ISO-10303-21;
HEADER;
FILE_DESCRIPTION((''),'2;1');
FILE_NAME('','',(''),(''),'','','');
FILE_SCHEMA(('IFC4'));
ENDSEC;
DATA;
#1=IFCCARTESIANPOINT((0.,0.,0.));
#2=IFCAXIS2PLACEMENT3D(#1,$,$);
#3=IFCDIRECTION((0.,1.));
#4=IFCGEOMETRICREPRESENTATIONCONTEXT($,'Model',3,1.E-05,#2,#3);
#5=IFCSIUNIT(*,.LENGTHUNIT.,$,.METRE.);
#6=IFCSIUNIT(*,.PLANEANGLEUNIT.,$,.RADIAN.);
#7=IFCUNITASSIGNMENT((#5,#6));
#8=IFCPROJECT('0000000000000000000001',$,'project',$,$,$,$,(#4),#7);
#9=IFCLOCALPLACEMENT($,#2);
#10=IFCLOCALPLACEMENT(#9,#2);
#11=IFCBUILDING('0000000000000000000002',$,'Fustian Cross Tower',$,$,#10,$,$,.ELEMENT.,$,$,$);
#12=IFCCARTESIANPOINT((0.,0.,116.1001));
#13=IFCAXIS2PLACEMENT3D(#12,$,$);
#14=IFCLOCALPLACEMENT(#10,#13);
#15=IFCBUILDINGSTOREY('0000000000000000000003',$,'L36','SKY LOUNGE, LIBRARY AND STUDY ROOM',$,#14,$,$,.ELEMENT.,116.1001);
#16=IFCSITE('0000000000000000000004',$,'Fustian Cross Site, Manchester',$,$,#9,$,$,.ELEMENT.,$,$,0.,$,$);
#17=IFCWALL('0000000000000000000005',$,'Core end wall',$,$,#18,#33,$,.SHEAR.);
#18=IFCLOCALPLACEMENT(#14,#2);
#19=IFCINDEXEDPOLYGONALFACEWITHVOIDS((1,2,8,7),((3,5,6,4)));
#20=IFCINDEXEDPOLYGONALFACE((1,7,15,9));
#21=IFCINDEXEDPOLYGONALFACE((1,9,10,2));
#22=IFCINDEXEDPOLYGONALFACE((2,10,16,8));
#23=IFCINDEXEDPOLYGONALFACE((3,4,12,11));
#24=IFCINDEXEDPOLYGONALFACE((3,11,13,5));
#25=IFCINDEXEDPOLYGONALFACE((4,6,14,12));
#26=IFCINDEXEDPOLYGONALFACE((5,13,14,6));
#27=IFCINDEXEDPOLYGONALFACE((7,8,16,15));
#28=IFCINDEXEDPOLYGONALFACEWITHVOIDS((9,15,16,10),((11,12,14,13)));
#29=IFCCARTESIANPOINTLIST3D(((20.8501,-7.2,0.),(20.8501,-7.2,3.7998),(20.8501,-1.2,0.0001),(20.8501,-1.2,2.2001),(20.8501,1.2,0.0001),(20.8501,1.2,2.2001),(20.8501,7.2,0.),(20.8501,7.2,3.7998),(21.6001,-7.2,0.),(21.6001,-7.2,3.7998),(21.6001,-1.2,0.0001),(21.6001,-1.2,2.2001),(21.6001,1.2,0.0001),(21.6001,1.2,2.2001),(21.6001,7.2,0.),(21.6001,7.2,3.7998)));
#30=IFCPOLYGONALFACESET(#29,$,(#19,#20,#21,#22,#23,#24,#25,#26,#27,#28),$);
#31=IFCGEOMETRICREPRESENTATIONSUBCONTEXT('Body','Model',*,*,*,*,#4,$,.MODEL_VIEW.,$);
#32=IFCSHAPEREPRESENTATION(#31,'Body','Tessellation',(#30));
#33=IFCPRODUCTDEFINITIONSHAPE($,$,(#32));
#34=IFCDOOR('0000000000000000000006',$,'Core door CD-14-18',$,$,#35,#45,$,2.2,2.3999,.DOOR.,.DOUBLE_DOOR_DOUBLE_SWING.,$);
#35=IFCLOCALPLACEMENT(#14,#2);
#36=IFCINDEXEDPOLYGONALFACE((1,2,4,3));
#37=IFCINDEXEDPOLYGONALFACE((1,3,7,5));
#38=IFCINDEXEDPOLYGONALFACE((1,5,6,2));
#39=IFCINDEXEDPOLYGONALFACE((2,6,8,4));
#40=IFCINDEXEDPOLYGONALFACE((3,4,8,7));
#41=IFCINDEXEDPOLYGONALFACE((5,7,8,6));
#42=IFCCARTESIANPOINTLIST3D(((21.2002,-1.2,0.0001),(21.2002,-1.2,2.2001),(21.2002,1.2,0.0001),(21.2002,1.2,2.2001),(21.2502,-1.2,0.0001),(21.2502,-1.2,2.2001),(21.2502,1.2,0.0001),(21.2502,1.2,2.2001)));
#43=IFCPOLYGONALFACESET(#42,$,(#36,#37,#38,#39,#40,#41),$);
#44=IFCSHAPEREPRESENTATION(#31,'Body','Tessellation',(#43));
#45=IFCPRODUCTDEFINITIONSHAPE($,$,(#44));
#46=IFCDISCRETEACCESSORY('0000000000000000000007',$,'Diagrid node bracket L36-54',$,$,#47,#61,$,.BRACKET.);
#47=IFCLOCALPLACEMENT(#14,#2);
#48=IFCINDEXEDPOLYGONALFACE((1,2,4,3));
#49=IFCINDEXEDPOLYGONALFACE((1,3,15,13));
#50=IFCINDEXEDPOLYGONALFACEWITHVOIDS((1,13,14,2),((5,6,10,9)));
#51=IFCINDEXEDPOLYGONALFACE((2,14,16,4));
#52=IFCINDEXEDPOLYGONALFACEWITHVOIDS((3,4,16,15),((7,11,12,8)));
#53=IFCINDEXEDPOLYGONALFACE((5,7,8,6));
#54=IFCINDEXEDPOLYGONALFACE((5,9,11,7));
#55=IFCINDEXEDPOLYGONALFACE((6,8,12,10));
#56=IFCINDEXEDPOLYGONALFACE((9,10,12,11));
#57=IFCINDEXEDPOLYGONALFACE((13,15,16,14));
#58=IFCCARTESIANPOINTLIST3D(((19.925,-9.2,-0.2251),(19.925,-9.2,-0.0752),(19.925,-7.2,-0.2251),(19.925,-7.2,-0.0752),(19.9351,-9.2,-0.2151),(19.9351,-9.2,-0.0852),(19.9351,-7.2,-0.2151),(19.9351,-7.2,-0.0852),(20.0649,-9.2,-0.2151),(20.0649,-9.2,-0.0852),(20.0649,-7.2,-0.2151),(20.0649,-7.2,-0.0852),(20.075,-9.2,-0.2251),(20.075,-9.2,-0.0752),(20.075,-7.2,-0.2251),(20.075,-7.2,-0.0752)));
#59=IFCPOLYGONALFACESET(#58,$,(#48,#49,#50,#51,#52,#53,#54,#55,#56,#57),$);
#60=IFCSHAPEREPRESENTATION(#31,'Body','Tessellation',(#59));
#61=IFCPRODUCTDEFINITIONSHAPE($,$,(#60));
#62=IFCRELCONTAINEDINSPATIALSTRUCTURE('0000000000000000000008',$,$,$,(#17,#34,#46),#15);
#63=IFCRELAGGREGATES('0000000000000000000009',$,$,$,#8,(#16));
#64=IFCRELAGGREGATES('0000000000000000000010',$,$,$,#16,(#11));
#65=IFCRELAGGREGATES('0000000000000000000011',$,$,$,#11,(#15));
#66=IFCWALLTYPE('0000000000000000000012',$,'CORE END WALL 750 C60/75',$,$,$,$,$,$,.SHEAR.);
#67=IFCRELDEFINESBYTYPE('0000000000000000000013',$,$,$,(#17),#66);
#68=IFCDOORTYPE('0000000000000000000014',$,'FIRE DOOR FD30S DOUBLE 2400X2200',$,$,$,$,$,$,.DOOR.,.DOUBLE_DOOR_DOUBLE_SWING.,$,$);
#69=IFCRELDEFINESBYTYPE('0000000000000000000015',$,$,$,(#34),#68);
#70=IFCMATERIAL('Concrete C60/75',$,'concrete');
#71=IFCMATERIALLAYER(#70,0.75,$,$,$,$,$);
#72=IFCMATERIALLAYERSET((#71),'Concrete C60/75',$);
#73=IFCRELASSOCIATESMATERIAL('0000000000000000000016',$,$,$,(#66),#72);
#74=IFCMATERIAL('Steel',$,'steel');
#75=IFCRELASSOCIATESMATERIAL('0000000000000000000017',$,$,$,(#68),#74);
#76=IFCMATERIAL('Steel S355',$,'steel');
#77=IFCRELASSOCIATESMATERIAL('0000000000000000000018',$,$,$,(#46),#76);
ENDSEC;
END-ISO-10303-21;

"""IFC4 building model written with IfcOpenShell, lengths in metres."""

from ifc_helpers import new_model, si_unit, direction, frame, frame_2d, origin, origin_2d, place, context, subcontext, project, spatial, rectangle, hollow_rectangle, extrude, material, layer, layer_set, type_object, element, fill, save


model = new_model("IFC4")

# Units and contexts
model_context = context("Model", 3, precision=1e-05, world=origin(), true_north=direction((0.0, 1.0)))
body_context = subcontext(model_context, "Body", "Model", "MODEL_VIEW")
ifc_project = project(units=[si_unit("LENGTHUNIT", "METRE"), si_unit("PLANEANGLEUNIT", "RADIAN")], contexts=[model_context])

# Site, building, storey
site_placement = place(None, origin())
site = spatial("IfcSite", under=ifc_project, at=site_placement, Name="Fustian Cross Site, Manchester", CompositionType="ELEMENT", RefElevation=0.0)
building_placement = place(site_placement, origin())
building = spatial("IfcBuilding", under=site, at=building_placement, Name="Fustian Cross Tower", CompositionType="ELEMENT")
storey_placement = place(building_placement, frame((0.0, 0.0, 116.1001)))
storey = spatial("IfcBuildingStorey", under=building, at=storey_placement, Name="L36", Description="SKY LOUNGE, LIBRARY AND STUDY ROOM", CompositionType="ELEMENT", Elevation=116.1001)

# Wall, opening, door
ifc_material_1 = material(Name="Concrete C60/75", Category="concrete")
ifc_layer_1 = layer(ifc_material_1, 0.75)
ifc_layer_set_1 = layer_set([ifc_layer_1], Name="Concrete C60/75")
wall_type_1 = type_object("IfcWallType", Name="CORE END WALL 750 C60/75", PredefinedType="SHEAR", material=ifc_layer_set_1)
wall_1_placement = place(storey_placement, frame((21.2251, -7.2, 0.0), z_axis=(0.0, 0.0, 1.0), x_axis=(0.0, 1.0, 0.0)))
wall_1 = element("IfcWall", 1, at=wall_1_placement, inside=storey, type_object=wall_type_1, Name="Core end wall", PredefinedType="SHEAR", context=body_context, shape_type="SweptSolid", body=[
    extrude(rectangle(XDim=14.3999, YDim=0.75, at=frame_2d((7.2, 0.0))), origin(), (0.0, 0.0, 1.0), 3.7998),
])
opening_1_placement = place(wall_1_placement, frame((6.0, 0.0, 0.0)))
opening_1 = element("IfcOpeningElement", 2, at=opening_1_placement, cuts=wall_1, PredefinedType="OPENING", context=body_context, shape_type="SweptSolid", body=[
    extrude(rectangle(XDim=2.3999, YDim=2.2, at=frame_2d((1.2, 1.1001))), frame((0.0, 0.385, 0.0), z_axis=(0.0, -1.0, 0.0), x_axis=(1.0, 0.0, 0.0)), (0.0, 0.0, 1.0), 0.77),
])
ifc_material_2 = material(Name="Steel", Category="steel")
door_type_1 = type_object("IfcDoorType", Name="FIRE DOOR FD30S DOUBLE 2400X2200", OperationType="DOUBLE_DOOR_DOUBLE_SWING", PredefinedType="DOOR", material=ifc_material_2)
door_1_placement = place(opening_1_placement, origin())
door_1 = element("IfcDoor", 3, at=door_1_placement, inside=storey, type_object=door_type_1, Name="Core door CD-14-18", OperationType="DOUBLE_DOOR_DOUBLE_SWING", OverallHeight=2.2, OverallWidth=2.3999, PredefinedType="DOOR", context=body_context, shape_type="SweptSolid", body=[
    extrude(rectangle(XDim=2.3999, YDim=2.2, at=frame_2d((1.2, 1.1001))), frame((0.0, 0.0249, 0.0), z_axis=(0.0, -1.0, 0.0), x_axis=(1.0, 0.0, 0.0)), (0.0, 0.0, 1.0), 0.05),
])
fill(opening_1, door_1)

# Discrete accessory
ifc_material_3 = material(Name="Steel S355", Category="steel")
discrete_accessory_placement = place(storey_placement, frame((20.0, -9.2, -0.1501), z_axis=(0.0, 1.0, 0.0), x_axis=(-1.0, 0.0, 0.0)))
element("IfcDiscreteAccessory", 4, at=discrete_accessory_placement, inside=storey, material=ifc_material_3, Name="Diagrid node bracket L36-54", PredefinedType="BRACKET", context=body_context, shape_type="SweptSolid", body=[
    extrude(hollow_rectangle(XDim=0.1499, YDim=0.1499, WallThickness=0.01, at=origin_2d()), origin(), (0.0, 0.0, 1.0), 2.0),
])

save(model, "model.ifc")
